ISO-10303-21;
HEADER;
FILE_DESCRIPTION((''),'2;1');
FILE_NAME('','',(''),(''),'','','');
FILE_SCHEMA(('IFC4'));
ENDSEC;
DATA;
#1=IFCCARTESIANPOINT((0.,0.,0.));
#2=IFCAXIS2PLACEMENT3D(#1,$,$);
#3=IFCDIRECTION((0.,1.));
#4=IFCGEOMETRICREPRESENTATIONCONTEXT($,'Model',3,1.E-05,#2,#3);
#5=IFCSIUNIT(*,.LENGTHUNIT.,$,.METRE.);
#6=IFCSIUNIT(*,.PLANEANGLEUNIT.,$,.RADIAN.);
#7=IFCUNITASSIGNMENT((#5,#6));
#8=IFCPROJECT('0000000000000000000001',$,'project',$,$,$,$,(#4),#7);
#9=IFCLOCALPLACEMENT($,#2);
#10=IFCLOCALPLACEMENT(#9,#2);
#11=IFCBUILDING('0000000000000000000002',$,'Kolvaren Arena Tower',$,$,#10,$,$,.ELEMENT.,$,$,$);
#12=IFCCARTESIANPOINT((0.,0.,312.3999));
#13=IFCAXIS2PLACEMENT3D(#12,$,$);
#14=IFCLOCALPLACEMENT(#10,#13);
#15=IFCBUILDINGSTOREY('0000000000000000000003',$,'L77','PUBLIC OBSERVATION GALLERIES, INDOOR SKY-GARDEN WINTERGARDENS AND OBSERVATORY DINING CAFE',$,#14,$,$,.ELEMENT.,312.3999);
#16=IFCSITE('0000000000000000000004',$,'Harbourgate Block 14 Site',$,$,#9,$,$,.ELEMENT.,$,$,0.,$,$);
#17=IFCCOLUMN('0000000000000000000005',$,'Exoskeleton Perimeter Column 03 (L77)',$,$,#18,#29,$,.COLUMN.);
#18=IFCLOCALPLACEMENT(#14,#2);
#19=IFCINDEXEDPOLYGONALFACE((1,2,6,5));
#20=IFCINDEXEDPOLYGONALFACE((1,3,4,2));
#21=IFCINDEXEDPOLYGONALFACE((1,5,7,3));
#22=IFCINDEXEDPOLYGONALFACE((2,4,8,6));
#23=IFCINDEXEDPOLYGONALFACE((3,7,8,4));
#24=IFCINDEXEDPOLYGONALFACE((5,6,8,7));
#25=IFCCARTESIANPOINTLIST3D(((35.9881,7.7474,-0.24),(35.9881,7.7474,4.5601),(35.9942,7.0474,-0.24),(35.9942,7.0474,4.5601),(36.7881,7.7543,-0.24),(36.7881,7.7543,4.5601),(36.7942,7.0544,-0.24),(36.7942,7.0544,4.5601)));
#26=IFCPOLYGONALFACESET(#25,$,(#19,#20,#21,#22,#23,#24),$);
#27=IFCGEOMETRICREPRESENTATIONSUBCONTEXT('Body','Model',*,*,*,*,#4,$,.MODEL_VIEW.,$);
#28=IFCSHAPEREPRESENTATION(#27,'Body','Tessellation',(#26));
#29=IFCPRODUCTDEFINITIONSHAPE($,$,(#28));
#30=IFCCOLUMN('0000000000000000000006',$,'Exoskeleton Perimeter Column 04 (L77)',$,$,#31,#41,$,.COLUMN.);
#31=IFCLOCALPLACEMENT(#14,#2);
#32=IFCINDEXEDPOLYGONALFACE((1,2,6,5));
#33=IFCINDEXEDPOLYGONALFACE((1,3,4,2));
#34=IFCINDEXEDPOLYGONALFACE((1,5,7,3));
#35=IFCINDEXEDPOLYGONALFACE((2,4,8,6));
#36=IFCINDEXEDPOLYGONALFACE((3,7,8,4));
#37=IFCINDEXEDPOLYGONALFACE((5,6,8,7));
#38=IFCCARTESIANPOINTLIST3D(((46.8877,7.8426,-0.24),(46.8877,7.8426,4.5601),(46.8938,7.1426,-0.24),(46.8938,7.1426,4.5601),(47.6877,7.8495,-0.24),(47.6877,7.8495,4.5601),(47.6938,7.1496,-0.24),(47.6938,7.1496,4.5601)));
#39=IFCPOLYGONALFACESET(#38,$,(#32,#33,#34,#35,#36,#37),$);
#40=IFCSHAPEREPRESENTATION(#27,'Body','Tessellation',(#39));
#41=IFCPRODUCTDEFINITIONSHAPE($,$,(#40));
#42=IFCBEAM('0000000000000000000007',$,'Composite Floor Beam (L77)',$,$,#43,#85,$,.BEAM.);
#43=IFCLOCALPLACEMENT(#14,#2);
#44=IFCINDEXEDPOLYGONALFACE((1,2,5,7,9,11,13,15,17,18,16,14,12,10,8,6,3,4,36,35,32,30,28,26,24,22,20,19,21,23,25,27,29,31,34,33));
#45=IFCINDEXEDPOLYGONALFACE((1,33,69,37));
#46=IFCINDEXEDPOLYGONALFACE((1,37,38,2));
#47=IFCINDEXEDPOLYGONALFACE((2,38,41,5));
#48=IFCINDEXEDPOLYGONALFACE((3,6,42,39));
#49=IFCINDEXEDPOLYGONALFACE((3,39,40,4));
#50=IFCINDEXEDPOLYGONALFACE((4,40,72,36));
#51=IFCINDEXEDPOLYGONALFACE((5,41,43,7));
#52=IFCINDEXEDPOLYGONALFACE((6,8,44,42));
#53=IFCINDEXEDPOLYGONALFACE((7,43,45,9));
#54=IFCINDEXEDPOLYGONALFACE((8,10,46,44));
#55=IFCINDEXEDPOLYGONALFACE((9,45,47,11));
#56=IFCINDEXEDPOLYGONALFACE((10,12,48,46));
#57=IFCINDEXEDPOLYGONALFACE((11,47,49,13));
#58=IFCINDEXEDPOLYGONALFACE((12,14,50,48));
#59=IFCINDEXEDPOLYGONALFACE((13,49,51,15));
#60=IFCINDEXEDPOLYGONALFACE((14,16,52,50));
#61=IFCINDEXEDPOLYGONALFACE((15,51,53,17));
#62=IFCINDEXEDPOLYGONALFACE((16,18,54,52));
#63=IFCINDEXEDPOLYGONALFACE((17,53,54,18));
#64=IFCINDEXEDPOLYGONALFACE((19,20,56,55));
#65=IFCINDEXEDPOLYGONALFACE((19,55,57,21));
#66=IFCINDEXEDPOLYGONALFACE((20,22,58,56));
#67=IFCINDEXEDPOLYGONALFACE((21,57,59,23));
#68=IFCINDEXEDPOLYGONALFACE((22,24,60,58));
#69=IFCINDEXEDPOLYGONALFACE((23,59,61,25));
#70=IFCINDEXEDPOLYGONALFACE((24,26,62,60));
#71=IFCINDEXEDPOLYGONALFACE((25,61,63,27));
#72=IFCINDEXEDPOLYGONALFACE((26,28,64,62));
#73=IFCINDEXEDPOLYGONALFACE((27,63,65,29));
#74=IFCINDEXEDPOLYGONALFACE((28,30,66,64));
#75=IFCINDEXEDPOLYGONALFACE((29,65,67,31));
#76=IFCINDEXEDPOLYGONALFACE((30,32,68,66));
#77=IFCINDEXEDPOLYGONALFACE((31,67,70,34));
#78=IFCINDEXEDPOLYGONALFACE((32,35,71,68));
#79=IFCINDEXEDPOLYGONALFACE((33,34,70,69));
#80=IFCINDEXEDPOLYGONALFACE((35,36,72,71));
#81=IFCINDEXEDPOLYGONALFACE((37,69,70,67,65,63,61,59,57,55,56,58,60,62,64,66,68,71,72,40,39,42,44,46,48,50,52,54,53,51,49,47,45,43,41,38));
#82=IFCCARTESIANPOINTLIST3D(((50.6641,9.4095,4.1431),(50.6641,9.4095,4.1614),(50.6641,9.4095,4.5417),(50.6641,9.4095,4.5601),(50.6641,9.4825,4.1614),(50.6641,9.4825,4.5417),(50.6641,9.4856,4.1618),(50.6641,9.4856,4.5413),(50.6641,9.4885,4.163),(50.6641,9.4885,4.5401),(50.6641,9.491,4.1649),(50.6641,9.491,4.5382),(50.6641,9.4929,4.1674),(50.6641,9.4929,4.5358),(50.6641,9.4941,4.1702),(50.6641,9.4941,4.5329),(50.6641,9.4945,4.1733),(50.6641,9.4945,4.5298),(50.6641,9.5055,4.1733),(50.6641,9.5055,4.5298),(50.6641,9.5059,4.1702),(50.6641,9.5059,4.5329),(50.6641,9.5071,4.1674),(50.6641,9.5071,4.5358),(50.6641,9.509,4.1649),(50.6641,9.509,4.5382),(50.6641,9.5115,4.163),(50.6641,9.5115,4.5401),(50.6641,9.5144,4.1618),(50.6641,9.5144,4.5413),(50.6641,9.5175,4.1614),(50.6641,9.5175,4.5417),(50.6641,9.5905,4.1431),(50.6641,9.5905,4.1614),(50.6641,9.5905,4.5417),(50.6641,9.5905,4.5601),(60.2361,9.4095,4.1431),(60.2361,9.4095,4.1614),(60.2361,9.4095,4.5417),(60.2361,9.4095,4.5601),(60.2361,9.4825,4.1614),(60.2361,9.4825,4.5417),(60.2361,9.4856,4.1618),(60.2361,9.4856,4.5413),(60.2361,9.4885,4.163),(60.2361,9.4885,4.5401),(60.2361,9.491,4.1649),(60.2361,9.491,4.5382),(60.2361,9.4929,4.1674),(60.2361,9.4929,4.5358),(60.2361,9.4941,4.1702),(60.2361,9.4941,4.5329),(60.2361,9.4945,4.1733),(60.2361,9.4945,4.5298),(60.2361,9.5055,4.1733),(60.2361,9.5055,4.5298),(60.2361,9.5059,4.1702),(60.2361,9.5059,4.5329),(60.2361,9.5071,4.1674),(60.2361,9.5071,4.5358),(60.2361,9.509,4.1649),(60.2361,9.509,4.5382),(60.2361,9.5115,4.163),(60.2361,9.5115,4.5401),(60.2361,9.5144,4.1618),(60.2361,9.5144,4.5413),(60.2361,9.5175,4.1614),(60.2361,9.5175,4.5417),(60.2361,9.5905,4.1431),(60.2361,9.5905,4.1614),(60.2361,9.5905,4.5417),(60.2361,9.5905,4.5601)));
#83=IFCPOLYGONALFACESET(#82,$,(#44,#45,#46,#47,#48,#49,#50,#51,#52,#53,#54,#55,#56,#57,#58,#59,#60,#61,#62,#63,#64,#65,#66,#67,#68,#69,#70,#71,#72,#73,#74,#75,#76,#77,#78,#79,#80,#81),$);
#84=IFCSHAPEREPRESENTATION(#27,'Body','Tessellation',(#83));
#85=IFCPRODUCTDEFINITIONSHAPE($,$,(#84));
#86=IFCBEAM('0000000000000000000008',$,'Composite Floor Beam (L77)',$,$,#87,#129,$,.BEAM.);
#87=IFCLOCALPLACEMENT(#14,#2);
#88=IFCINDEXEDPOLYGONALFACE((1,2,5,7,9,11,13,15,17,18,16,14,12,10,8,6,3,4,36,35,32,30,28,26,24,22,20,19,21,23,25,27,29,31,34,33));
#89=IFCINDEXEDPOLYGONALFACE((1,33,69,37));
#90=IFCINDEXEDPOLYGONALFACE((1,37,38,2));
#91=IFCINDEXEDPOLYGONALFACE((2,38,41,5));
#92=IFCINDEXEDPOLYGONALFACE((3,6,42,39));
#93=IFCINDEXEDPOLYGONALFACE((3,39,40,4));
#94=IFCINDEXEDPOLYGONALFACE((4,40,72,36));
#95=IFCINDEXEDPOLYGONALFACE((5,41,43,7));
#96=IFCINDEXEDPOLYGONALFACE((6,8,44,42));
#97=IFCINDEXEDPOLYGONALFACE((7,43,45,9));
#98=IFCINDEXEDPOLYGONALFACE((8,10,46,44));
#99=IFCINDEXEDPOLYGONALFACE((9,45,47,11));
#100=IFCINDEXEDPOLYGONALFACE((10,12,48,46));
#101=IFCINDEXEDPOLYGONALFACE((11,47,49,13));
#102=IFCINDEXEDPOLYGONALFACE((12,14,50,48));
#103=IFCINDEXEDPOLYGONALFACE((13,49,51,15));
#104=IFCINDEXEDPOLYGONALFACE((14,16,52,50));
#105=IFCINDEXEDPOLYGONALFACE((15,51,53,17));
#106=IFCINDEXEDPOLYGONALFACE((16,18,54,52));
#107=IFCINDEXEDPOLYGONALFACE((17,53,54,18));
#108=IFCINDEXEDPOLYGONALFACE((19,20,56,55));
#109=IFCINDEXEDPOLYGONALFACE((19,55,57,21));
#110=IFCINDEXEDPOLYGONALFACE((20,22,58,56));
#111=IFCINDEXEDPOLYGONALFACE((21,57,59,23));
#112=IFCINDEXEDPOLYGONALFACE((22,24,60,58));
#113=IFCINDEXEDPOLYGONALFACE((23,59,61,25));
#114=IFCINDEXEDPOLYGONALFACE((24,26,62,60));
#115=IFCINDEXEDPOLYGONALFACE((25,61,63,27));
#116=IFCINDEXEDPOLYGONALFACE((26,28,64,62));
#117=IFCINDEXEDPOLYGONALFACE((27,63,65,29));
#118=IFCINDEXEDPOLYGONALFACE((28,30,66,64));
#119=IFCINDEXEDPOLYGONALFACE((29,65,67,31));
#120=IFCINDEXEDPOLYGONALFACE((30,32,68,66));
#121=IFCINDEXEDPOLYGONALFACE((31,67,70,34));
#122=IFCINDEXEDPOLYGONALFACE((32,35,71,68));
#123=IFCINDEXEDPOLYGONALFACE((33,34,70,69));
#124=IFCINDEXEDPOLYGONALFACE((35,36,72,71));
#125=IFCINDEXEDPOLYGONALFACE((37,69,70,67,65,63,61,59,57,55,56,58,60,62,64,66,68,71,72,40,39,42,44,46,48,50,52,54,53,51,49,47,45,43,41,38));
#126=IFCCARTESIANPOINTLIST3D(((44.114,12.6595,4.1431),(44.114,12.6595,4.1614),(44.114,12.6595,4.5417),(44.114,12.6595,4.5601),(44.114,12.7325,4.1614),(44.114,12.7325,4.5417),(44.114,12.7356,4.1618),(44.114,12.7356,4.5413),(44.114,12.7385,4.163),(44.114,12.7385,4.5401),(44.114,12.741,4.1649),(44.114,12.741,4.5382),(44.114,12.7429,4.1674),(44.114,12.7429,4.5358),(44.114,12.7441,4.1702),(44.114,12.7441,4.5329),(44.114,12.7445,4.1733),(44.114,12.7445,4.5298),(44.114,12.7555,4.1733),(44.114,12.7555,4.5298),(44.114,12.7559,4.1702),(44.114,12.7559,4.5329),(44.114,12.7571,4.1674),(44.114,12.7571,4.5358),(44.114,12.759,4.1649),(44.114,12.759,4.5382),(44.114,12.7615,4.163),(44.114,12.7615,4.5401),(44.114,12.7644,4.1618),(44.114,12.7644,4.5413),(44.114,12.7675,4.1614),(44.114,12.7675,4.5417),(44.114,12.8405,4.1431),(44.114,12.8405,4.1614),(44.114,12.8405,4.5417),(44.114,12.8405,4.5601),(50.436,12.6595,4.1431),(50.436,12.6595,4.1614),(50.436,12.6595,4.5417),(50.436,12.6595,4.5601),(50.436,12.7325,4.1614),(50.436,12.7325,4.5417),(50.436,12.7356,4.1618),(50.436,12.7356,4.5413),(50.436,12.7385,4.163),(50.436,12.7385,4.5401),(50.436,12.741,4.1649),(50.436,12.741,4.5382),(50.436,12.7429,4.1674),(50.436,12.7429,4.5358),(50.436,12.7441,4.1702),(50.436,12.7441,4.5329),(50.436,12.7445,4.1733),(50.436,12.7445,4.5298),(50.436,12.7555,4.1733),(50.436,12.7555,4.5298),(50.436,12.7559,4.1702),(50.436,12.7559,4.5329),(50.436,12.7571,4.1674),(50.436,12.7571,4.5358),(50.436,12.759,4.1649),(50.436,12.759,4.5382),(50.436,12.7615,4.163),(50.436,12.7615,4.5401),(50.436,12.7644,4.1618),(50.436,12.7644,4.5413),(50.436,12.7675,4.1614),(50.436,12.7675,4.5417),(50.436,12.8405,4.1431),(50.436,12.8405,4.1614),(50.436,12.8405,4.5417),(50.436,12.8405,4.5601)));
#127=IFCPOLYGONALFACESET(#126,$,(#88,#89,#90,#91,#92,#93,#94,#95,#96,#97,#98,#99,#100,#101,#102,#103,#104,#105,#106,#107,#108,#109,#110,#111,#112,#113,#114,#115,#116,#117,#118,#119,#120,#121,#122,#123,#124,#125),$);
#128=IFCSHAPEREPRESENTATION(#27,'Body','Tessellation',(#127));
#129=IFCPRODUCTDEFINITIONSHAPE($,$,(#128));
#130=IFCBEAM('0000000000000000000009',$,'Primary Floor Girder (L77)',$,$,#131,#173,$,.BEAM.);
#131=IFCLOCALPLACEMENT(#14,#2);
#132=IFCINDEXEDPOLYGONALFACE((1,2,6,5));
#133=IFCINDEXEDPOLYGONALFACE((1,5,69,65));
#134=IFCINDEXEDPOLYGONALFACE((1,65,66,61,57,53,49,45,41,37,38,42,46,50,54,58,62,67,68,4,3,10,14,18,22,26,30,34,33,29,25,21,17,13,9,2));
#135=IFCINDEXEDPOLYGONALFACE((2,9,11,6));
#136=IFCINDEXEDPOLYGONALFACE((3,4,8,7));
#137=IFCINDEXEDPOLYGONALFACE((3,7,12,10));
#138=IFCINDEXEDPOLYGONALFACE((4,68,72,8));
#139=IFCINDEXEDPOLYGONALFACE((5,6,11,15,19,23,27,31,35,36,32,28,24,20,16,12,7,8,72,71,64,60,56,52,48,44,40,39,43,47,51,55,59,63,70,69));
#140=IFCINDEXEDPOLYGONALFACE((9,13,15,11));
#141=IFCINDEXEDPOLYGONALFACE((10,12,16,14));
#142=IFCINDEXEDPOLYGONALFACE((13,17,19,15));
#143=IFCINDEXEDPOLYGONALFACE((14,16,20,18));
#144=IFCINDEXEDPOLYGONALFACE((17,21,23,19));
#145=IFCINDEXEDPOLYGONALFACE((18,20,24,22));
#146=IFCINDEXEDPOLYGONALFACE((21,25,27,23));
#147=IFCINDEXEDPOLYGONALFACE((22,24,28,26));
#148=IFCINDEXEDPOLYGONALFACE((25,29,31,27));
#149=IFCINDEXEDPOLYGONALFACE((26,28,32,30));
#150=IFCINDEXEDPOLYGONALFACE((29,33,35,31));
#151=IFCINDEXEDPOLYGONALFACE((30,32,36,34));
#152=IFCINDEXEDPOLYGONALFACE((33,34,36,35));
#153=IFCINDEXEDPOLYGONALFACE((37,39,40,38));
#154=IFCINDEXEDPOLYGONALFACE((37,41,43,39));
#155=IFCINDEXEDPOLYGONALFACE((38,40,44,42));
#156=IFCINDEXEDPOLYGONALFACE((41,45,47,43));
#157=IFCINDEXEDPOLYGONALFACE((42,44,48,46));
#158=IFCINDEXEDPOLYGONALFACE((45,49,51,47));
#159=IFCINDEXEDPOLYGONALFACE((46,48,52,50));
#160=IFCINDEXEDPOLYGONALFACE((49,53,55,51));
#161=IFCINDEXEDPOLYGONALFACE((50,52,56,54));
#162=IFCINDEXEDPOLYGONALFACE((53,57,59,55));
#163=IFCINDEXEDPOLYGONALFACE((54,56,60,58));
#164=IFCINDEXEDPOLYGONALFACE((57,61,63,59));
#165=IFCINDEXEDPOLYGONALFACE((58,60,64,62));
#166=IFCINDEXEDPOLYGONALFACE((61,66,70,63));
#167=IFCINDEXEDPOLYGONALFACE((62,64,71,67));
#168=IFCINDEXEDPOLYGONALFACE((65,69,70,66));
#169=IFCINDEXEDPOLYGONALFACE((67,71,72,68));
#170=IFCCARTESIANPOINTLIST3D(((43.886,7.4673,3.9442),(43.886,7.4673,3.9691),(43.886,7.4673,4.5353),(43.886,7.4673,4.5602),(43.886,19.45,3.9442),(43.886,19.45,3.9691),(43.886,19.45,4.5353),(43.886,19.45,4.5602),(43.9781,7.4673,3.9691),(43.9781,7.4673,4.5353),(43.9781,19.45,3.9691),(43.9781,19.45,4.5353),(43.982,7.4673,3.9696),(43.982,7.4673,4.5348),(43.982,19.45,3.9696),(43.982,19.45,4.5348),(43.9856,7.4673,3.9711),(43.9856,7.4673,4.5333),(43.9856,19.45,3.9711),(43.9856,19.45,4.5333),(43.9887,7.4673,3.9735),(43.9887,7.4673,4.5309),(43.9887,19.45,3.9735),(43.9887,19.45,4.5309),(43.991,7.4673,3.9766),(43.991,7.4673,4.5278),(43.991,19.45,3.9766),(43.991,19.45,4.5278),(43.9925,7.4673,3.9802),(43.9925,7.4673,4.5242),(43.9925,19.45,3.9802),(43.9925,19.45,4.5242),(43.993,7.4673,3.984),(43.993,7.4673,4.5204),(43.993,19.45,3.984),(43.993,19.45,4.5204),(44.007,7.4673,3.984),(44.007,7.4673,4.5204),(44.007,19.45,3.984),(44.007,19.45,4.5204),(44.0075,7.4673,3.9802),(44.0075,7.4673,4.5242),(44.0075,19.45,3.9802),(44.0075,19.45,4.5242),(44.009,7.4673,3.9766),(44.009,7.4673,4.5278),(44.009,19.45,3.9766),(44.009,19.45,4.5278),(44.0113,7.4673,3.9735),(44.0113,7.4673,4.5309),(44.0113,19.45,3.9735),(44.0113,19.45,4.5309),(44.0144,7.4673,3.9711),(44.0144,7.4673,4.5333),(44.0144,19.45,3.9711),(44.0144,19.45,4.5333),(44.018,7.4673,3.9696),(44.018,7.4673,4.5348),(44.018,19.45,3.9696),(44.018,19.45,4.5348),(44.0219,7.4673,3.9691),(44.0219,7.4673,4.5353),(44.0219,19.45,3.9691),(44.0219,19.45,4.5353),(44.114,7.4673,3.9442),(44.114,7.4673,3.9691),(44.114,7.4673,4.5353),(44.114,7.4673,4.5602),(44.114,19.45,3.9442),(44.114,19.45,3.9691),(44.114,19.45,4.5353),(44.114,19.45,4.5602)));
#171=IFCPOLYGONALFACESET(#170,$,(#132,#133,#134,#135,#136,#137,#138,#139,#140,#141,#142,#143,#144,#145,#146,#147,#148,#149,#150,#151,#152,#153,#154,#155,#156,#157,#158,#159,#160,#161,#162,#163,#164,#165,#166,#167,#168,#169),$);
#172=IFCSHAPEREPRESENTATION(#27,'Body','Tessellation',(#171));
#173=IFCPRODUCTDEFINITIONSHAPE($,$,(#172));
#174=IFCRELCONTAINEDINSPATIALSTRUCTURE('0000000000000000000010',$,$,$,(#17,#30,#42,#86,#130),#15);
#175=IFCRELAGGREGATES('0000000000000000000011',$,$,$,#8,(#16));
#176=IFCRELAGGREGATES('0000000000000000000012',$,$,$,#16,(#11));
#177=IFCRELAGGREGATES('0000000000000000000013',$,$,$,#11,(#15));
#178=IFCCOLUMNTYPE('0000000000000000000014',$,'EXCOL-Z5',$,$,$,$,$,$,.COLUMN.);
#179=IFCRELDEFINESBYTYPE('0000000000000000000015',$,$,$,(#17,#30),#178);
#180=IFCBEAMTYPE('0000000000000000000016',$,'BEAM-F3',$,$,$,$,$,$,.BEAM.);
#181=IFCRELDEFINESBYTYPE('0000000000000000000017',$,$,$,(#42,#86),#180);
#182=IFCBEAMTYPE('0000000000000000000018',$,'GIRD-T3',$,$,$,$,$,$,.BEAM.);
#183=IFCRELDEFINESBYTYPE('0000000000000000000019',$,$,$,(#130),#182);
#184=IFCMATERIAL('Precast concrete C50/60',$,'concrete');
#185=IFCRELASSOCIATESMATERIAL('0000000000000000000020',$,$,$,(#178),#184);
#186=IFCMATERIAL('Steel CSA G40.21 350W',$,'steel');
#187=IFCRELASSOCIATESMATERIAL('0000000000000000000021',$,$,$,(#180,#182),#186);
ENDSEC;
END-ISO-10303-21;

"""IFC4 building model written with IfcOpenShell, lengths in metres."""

from ifc_helpers import new_model, si_unit, direction, frame, origin, origin_2d, place, context, subcontext, project, spatial, rectangle, i_section, extrude, material, material_profile, profile_set, type_object, element, save


model = new_model("IFC4")

# Units and contexts
model_context = context("Model", 3, precision=1e-05, world=origin(), true_north=direction((0.0, 1.0)))
body_context = subcontext(model_context, "Body", "Model", "MODEL_VIEW")
ifc_project = project(units=[si_unit("LENGTHUNIT", "METRE"), si_unit("PLANEANGLEUNIT", "RADIAN")], contexts=[model_context])

# Site, building, storey
site_placement = place(None, origin())
site = spatial("IfcSite", under=ifc_project, at=site_placement, Name="Harbourgate Block 14 Site", CompositionType="ELEMENT", RefElevation=0.0)
building_placement = place(site_placement, origin())
building = spatial("IfcBuilding", under=site, at=building_placement, Name="Kolvaren Arena Tower", CompositionType="ELEMENT")
storey_placement = place(building_placement, frame((0.0, 0.0, 312.3999)))
storey = spatial("IfcBuildingStorey", under=building, at=storey_placement, Name="L77", Description="PUBLIC OBSERVATION GALLERIES, INDOOR SKY-GARDEN WINTERGARDENS AND OBSERVATORY DINING CAFE", CompositionType="ELEMENT", Elevation=312.3999)

# Columns
ifc_material_1 = material(Name="Precast concrete C50/60", Category="concrete")
ifc_material_profile_1 = material_profile(ifc_material_1, rectangle(XDim=0.8, YDim=0.7, at=origin_2d()), Name="RC-800x700")
ifc_profile_set_1 = profile_set([ifc_material_profile_1], Name="Precast concrete C50/60")
column_type = type_object("IfcColumnType", Name="EXCOL-Z5", PredefinedType="COLUMN", material=ifc_profile_set_1)
for number, where, z_axis, x_axis, name in (
    (1, (36.3911, 7.4009, -0.24), (0.0, 0.0, 1.0), (0.999962, 0.008727, 0.0), "Exoskeleton Perimeter Column 03 (L77)"),
    (2, (47.2908, 7.4961, -0.24), (0.0, 0.0, 1.0), (0.999962, 0.008727, 0.0), "Exoskeleton Perimeter Column 04 (L77)"),
):
    element("IfcColumn", number, at=place(storey_placement, frame(where, z_axis=z_axis, x_axis=x_axis)), inside=storey, type_object=column_type, Name=name, PredefinedType="COLUMN", context=body_context, shape_type="SweptSolid", body=[
        extrude(rectangle(XDim=0.8, YDim=0.7, at=origin_2d()), origin(), (0.0, 0.0, 1.0), 4.8),
    ])

# Beams
ifc_material_2 = material(Name="Steel CSA G40.21 350W", Category="steel")
ifc_material_profile_2 = material_profile(ifc_material_2, i_section(OverallWidth=0.1809, OverallDepth=0.417, WebThickness=0.011, FlangeThickness=0.0183, FilletRadius=0.012, at=origin_2d()), Name="W410x85")
ifc_profile_set_2 = profile_set([ifc_material_profile_2], Name="Steel CSA G40.21 350W")
beam_type_1 = type_object("IfcBeamType", Name="BEAM-F3", PredefinedType="BEAM", material=ifc_profile_set_2)
beam_1_placement = place(storey_placement, frame((50.6641, 9.5, 4.3516), z_axis=(1.0, 0.0, 0.0), x_axis=(0.0, 1.0, 0.0)))
element("IfcBeam", 3, at=beam_1_placement, inside=storey, type_object=beam_type_1, Name="Composite Floor Beam (L77)", PredefinedType="BEAM", context=body_context, shape_type="SweptSolid", body=[
    extrude(i_section(OverallWidth=0.1809, OverallDepth=0.417, WebThickness=0.011, FlangeThickness=0.0183, FilletRadius=0.012, at=origin_2d()), origin(), (0.0, 0.0, 1.0), 9.572),
])
beam_2_placement = place(storey_placement, frame((44.114, 12.75, 4.3516), z_axis=(1.0, 0.0, 0.0), x_axis=(0.0, 1.0, 0.0)))
element("IfcBeam", 4, at=beam_2_placement, inside=storey, type_object=beam_type_1, Name="Composite Floor Beam (L77)", PredefinedType="BEAM", context=body_context, shape_type="SweptSolid", body=[
    extrude(i_section(OverallWidth=0.1809, OverallDepth=0.417, WebThickness=0.011, FlangeThickness=0.0183, FilletRadius=0.012, at=origin_2d()), origin(), (0.0, 0.0, 1.0), 6.322),
])
ifc_material_profile_3 = material_profile(ifc_material_2, i_section(OverallWidth=0.228, OverallDepth=0.616, WebThickness=0.0139, FlangeThickness=0.0249, FilletRadius=0.0149, at=origin_2d()), Name="W610x174")
ifc_profile_set_3 = profile_set([ifc_material_profile_3], Name="Steel CSA G40.21 350W")
beam_type_2 = type_object("IfcBeamType", Name="GIRD-T3", PredefinedType="BEAM", material=ifc_profile_set_3)
beam_3_placement = place(storey_placement, frame((44.0, 7.4673, 4.2522), z_axis=(0.0, 1.0, 0.0), x_axis=(-1.0, 0.0, 0.0)))
element("IfcBeam", 5, at=beam_3_placement, inside=storey, type_object=beam_type_2, Name="Primary Floor Girder (L77)", PredefinedType="BEAM", context=body_context, shape_type="SweptSolid", body=[
    extrude(i_section(OverallWidth=0.228, OverallDepth=0.616, WebThickness=0.0139, FlangeThickness=0.0249, FilletRadius=0.0149, at=origin_2d()), origin(), (0.0, 0.0, 1.0), 11.9827),
])

save(model, "model.ifc")
